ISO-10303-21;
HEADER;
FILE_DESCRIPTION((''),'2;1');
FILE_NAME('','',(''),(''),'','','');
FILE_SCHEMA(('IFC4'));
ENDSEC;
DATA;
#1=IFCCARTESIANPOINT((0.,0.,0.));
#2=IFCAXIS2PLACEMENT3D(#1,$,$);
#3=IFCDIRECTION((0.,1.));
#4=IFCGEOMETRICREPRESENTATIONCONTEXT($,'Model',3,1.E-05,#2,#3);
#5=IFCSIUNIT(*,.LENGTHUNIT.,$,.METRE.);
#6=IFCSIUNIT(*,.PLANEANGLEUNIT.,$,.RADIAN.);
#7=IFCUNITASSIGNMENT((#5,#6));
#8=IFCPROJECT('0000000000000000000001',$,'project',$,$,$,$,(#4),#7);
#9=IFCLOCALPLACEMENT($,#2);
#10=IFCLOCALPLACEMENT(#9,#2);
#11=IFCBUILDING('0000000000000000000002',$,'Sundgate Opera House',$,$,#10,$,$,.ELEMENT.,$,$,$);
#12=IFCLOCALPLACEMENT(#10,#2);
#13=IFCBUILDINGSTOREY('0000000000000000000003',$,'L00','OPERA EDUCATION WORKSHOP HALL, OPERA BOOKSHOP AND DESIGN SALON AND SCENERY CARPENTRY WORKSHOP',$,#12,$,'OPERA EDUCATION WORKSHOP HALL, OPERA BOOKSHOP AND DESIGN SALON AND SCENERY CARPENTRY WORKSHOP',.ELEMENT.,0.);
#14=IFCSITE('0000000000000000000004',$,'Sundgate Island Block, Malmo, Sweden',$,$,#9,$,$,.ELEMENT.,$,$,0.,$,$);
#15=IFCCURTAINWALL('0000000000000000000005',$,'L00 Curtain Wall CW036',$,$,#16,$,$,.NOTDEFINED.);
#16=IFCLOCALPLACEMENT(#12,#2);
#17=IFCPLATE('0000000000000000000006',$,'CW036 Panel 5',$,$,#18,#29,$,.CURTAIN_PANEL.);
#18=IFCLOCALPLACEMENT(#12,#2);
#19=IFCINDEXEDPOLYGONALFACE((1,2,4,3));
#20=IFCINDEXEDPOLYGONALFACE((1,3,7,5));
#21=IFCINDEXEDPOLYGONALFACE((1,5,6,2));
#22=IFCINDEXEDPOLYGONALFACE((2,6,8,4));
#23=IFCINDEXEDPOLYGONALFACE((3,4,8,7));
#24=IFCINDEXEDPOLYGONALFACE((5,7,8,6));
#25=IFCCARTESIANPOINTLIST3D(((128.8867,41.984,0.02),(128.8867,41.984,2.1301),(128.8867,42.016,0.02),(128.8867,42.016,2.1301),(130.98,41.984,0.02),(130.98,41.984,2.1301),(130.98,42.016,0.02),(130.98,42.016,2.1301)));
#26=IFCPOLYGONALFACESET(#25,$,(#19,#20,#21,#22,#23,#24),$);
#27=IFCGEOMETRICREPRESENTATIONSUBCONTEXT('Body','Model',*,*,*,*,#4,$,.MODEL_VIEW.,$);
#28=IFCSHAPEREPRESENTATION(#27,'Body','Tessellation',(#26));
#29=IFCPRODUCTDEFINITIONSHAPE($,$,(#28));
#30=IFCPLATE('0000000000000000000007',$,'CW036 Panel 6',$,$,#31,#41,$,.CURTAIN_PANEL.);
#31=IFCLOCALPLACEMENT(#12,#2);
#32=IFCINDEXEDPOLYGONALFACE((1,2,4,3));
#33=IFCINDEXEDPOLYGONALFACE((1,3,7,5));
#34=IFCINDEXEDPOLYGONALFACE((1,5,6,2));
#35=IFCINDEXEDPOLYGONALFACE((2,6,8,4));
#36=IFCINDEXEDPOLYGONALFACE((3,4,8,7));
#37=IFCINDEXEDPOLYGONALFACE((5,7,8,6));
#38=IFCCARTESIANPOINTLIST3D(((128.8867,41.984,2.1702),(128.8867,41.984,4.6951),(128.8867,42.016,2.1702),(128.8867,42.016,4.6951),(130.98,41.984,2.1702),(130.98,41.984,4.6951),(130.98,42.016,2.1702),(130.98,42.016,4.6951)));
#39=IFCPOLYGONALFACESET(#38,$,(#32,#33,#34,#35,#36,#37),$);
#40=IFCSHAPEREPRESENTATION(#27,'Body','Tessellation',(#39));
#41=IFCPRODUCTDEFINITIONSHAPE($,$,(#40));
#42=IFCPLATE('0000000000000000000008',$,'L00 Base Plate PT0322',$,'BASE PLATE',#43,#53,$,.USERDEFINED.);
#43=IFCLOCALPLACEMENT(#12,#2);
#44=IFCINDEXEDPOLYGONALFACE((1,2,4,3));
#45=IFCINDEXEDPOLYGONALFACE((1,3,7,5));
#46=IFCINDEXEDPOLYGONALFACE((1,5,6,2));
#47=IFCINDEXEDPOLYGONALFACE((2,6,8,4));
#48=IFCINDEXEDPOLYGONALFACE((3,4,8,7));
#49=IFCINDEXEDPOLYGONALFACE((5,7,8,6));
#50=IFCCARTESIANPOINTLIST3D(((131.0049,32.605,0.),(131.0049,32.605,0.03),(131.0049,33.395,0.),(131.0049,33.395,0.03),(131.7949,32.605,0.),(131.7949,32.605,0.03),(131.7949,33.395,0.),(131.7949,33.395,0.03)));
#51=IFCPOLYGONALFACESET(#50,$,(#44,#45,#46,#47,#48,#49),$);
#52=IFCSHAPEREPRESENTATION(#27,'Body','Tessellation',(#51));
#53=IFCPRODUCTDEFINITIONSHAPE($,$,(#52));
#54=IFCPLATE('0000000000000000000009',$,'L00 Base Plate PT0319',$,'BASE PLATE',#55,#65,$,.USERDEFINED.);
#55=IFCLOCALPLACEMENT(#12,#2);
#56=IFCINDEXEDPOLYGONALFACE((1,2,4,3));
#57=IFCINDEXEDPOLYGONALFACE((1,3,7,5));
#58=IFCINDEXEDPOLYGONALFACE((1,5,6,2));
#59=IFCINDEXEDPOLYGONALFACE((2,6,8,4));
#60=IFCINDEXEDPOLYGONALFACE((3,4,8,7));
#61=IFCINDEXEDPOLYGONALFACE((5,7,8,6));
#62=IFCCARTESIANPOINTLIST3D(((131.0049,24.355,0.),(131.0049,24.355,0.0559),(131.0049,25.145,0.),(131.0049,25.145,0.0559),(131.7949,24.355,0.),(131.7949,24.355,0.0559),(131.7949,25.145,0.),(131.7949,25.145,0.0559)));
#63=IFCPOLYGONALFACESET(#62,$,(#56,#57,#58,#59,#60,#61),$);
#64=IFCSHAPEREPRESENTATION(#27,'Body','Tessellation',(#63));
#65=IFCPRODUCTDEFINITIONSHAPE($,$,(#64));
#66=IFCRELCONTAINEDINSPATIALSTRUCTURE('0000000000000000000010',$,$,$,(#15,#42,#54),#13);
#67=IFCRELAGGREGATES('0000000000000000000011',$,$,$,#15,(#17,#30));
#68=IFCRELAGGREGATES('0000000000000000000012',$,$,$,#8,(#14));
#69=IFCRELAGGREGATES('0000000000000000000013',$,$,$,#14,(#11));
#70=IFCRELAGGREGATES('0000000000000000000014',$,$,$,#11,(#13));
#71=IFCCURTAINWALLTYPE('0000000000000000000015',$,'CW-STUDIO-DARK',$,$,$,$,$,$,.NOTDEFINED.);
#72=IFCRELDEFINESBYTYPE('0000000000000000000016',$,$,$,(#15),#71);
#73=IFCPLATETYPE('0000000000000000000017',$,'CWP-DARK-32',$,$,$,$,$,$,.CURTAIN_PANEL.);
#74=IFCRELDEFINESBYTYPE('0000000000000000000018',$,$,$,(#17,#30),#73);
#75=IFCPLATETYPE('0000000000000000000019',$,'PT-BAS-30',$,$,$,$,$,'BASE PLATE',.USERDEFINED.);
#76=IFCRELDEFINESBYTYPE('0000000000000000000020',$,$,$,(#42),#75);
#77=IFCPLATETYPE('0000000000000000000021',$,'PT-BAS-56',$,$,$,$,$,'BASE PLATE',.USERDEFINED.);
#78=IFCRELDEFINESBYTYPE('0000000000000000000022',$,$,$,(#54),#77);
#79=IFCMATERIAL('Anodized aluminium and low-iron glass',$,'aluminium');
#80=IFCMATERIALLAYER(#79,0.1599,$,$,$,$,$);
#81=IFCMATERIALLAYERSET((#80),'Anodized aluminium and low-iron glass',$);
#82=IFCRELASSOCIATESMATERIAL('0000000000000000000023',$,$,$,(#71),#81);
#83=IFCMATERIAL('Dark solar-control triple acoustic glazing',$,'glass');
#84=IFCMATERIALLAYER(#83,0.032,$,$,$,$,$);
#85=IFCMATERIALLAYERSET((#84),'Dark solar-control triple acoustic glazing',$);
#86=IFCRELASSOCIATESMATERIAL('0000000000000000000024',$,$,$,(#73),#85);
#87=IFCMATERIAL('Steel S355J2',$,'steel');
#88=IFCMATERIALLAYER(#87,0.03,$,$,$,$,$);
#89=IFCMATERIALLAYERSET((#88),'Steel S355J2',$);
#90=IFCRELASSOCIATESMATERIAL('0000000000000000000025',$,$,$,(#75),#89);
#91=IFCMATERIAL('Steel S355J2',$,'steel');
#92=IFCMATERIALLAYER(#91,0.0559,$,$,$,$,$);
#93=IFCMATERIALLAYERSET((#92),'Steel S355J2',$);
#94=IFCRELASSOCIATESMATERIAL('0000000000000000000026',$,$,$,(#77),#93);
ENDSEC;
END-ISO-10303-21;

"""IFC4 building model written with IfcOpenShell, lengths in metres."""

from ifc_helpers import new_model, si_unit, direction, frame, origin, origin_2d, place, context, subcontext, project, spatial, rectangle, extrude, material, layer, layer_set, type_object, element, aggregate, save


model = new_model("IFC4")

# Units and contexts
model_context = context("Model", 3, precision=1e-05, world=origin(), true_north=direction((0.0, 1.0)))
body_context = subcontext(model_context, "Body", "Model", "MODEL_VIEW")
ifc_project = project(units=[si_unit("LENGTHUNIT", "METRE"), si_unit("PLANEANGLEUNIT", "RADIAN")], contexts=[model_context])

# Site, building, storey
site_placement = place(None, origin())
site = spatial("IfcSite", under=ifc_project, at=site_placement, Name="Sundgate Island Block, Malmo, Sweden", CompositionType="ELEMENT", RefElevation=0.0)
building_placement = place(site_placement, origin())
building = spatial("IfcBuilding", under=site, at=building_placement, Name="Sundgate Opera House", CompositionType="ELEMENT")
storey_placement = place(building_placement, origin())
storey = spatial("IfcBuildingStorey", under=building, at=storey_placement, Name="L00", Description="OPERA EDUCATION WORKSHOP HALL, OPERA BOOKSHOP AND DESIGN SALON AND SCENERY CARPENTRY WORKSHOP", LongName="OPERA EDUCATION WORKSHOP HALL, OPERA BOOKSHOP AND DESIGN SALON AND SCENERY CARPENTRY WORKSHOP", CompositionType="ELEMENT", Elevation=0.0)

# Curtain wall, plates
ifc_material_1 = material(Name="Anodized aluminium and low-iron glass", Category="aluminium")
ifc_layer_1 = layer(ifc_material_1, 0.1599)
ifc_layer_set_1 = layer_set([ifc_layer_1], Name="Anodized aluminium and low-iron glass")
curtain_wall_type = type_object("IfcCurtainWallType", Name="CW-STUDIO-DARK", PredefinedType="NOTDEFINED", material=ifc_layer_set_1)
curtain_wall_placement = place(storey_placement, origin())
curtain_wall = element("IfcCurtainWall", 1, at=curtain_wall_placement, inside=storey, type_object=curtain_wall_type, Name="L00 Curtain Wall CW036", PredefinedType="NOTDEFINED")
ifc_material_2 = material(Name="Dark solar-control triple acoustic glazing", Category="glass")
ifc_layer_2 = layer(ifc_material_2, 0.032)
ifc_layer_set_2 = layer_set([ifc_layer_2], Name="Dark solar-control triple acoustic glazing")
plate_type_1 = type_object("IfcPlateType", Name="CWP-DARK-32", PredefinedType="CURTAIN_PANEL", material=ifc_layer_set_2)
plate_1_placement = place(storey_placement, frame((129.9333, 42.0, 0.02), z_axis=(0.0, 0.0, 1.0), x_axis=(1.0, 0.0, 0.0)))
plate_1 = element("IfcPlate", 2, at=plate_1_placement, type_object=plate_type_1, Name="CW036 Panel 5", PredefinedType="CURTAIN_PANEL", context=body_context, shape_type="SweptSolid", body=[
    extrude(rectangle(XDim=2.0933, YDim=0.032, at=origin_2d()), origin(), (0.0, 0.0, 1.0), 2.1101),
])
plate_2_placement = place(storey_placement, frame((129.9333, 42.0, 2.1702), z_axis=(0.0, 0.0, 1.0), x_axis=(1.0, 0.0, 0.0)))
plate_2 = element("IfcPlate", 3, at=plate_2_placement, type_object=plate_type_1, Name="CW036 Panel 6", PredefinedType="CURTAIN_PANEL", context=body_context, shape_type="SweptSolid", body=[
    extrude(rectangle(XDim=2.0933, YDim=0.032, at=origin_2d()), origin(), (0.0, 0.0, 1.0), 2.5249),
])
aggregate(curtain_wall, [plate_1, plate_2])

# Plates
ifc_material_3 = material(Name="Steel S355J2", Category="steel")
ifc_layer_3 = layer(ifc_material_3, 0.03)
ifc_layer_set_3 = layer_set([ifc_layer_3], Name="Steel S355J2")
plate_type_2 = type_object("IfcPlateType", Name="PT-BAS-30", ElementType="BASE PLATE", PredefinedType="USERDEFINED", material=ifc_layer_set_3)
plate_3_placement = place(storey_placement, frame((131.3999, 33.0, 0.0), z_axis=(0.0, 0.0, 1.0), x_axis=(1.0, 0.0, 0.0)))
element("IfcPlate", 4, at=plate_3_placement, inside=storey, type_object=plate_type_2, Name="L00 Base Plate PT0322", ObjectType="BASE PLATE", PredefinedType="USERDEFINED", context=body_context, shape_type="SweptSolid", body=[
    extrude(rectangle(XDim=0.79, YDim=0.79, at=origin_2d()), origin(), (0.0, 0.0, 1.0), 0.03),
])
ifc_material_4 = material(Name="Steel S355J2", Category="steel")
ifc_layer_4 = layer(ifc_material_4, 0.0559)
ifc_layer_set_4 = layer_set([ifc_layer_4], Name="Steel S355J2")
plate_type_3 = type_object("IfcPlateType", Name="PT-BAS-56", ElementType="BASE PLATE", PredefinedType="USERDEFINED", material=ifc_layer_set_4)
plate_4_placement = place(storey_placement, frame((131.3999, 24.75, 0.0), z_axis=(0.0, 0.0, 1.0), x_axis=(1.0, 0.0, 0.0)))
element("IfcPlate", 5, at=plate_4_placement, inside=storey, type_object=plate_type_3, Name="L00 Base Plate PT0319", ObjectType="BASE PLATE", PredefinedType="USERDEFINED", context=body_context, shape_type="SweptSolid", body=[
    extrude(rectangle(XDim=0.79, YDim=0.79, at=origin_2d()), origin(), (0.0, 0.0, 1.0), 0.0559),
])

save(model, "model.ifc")
